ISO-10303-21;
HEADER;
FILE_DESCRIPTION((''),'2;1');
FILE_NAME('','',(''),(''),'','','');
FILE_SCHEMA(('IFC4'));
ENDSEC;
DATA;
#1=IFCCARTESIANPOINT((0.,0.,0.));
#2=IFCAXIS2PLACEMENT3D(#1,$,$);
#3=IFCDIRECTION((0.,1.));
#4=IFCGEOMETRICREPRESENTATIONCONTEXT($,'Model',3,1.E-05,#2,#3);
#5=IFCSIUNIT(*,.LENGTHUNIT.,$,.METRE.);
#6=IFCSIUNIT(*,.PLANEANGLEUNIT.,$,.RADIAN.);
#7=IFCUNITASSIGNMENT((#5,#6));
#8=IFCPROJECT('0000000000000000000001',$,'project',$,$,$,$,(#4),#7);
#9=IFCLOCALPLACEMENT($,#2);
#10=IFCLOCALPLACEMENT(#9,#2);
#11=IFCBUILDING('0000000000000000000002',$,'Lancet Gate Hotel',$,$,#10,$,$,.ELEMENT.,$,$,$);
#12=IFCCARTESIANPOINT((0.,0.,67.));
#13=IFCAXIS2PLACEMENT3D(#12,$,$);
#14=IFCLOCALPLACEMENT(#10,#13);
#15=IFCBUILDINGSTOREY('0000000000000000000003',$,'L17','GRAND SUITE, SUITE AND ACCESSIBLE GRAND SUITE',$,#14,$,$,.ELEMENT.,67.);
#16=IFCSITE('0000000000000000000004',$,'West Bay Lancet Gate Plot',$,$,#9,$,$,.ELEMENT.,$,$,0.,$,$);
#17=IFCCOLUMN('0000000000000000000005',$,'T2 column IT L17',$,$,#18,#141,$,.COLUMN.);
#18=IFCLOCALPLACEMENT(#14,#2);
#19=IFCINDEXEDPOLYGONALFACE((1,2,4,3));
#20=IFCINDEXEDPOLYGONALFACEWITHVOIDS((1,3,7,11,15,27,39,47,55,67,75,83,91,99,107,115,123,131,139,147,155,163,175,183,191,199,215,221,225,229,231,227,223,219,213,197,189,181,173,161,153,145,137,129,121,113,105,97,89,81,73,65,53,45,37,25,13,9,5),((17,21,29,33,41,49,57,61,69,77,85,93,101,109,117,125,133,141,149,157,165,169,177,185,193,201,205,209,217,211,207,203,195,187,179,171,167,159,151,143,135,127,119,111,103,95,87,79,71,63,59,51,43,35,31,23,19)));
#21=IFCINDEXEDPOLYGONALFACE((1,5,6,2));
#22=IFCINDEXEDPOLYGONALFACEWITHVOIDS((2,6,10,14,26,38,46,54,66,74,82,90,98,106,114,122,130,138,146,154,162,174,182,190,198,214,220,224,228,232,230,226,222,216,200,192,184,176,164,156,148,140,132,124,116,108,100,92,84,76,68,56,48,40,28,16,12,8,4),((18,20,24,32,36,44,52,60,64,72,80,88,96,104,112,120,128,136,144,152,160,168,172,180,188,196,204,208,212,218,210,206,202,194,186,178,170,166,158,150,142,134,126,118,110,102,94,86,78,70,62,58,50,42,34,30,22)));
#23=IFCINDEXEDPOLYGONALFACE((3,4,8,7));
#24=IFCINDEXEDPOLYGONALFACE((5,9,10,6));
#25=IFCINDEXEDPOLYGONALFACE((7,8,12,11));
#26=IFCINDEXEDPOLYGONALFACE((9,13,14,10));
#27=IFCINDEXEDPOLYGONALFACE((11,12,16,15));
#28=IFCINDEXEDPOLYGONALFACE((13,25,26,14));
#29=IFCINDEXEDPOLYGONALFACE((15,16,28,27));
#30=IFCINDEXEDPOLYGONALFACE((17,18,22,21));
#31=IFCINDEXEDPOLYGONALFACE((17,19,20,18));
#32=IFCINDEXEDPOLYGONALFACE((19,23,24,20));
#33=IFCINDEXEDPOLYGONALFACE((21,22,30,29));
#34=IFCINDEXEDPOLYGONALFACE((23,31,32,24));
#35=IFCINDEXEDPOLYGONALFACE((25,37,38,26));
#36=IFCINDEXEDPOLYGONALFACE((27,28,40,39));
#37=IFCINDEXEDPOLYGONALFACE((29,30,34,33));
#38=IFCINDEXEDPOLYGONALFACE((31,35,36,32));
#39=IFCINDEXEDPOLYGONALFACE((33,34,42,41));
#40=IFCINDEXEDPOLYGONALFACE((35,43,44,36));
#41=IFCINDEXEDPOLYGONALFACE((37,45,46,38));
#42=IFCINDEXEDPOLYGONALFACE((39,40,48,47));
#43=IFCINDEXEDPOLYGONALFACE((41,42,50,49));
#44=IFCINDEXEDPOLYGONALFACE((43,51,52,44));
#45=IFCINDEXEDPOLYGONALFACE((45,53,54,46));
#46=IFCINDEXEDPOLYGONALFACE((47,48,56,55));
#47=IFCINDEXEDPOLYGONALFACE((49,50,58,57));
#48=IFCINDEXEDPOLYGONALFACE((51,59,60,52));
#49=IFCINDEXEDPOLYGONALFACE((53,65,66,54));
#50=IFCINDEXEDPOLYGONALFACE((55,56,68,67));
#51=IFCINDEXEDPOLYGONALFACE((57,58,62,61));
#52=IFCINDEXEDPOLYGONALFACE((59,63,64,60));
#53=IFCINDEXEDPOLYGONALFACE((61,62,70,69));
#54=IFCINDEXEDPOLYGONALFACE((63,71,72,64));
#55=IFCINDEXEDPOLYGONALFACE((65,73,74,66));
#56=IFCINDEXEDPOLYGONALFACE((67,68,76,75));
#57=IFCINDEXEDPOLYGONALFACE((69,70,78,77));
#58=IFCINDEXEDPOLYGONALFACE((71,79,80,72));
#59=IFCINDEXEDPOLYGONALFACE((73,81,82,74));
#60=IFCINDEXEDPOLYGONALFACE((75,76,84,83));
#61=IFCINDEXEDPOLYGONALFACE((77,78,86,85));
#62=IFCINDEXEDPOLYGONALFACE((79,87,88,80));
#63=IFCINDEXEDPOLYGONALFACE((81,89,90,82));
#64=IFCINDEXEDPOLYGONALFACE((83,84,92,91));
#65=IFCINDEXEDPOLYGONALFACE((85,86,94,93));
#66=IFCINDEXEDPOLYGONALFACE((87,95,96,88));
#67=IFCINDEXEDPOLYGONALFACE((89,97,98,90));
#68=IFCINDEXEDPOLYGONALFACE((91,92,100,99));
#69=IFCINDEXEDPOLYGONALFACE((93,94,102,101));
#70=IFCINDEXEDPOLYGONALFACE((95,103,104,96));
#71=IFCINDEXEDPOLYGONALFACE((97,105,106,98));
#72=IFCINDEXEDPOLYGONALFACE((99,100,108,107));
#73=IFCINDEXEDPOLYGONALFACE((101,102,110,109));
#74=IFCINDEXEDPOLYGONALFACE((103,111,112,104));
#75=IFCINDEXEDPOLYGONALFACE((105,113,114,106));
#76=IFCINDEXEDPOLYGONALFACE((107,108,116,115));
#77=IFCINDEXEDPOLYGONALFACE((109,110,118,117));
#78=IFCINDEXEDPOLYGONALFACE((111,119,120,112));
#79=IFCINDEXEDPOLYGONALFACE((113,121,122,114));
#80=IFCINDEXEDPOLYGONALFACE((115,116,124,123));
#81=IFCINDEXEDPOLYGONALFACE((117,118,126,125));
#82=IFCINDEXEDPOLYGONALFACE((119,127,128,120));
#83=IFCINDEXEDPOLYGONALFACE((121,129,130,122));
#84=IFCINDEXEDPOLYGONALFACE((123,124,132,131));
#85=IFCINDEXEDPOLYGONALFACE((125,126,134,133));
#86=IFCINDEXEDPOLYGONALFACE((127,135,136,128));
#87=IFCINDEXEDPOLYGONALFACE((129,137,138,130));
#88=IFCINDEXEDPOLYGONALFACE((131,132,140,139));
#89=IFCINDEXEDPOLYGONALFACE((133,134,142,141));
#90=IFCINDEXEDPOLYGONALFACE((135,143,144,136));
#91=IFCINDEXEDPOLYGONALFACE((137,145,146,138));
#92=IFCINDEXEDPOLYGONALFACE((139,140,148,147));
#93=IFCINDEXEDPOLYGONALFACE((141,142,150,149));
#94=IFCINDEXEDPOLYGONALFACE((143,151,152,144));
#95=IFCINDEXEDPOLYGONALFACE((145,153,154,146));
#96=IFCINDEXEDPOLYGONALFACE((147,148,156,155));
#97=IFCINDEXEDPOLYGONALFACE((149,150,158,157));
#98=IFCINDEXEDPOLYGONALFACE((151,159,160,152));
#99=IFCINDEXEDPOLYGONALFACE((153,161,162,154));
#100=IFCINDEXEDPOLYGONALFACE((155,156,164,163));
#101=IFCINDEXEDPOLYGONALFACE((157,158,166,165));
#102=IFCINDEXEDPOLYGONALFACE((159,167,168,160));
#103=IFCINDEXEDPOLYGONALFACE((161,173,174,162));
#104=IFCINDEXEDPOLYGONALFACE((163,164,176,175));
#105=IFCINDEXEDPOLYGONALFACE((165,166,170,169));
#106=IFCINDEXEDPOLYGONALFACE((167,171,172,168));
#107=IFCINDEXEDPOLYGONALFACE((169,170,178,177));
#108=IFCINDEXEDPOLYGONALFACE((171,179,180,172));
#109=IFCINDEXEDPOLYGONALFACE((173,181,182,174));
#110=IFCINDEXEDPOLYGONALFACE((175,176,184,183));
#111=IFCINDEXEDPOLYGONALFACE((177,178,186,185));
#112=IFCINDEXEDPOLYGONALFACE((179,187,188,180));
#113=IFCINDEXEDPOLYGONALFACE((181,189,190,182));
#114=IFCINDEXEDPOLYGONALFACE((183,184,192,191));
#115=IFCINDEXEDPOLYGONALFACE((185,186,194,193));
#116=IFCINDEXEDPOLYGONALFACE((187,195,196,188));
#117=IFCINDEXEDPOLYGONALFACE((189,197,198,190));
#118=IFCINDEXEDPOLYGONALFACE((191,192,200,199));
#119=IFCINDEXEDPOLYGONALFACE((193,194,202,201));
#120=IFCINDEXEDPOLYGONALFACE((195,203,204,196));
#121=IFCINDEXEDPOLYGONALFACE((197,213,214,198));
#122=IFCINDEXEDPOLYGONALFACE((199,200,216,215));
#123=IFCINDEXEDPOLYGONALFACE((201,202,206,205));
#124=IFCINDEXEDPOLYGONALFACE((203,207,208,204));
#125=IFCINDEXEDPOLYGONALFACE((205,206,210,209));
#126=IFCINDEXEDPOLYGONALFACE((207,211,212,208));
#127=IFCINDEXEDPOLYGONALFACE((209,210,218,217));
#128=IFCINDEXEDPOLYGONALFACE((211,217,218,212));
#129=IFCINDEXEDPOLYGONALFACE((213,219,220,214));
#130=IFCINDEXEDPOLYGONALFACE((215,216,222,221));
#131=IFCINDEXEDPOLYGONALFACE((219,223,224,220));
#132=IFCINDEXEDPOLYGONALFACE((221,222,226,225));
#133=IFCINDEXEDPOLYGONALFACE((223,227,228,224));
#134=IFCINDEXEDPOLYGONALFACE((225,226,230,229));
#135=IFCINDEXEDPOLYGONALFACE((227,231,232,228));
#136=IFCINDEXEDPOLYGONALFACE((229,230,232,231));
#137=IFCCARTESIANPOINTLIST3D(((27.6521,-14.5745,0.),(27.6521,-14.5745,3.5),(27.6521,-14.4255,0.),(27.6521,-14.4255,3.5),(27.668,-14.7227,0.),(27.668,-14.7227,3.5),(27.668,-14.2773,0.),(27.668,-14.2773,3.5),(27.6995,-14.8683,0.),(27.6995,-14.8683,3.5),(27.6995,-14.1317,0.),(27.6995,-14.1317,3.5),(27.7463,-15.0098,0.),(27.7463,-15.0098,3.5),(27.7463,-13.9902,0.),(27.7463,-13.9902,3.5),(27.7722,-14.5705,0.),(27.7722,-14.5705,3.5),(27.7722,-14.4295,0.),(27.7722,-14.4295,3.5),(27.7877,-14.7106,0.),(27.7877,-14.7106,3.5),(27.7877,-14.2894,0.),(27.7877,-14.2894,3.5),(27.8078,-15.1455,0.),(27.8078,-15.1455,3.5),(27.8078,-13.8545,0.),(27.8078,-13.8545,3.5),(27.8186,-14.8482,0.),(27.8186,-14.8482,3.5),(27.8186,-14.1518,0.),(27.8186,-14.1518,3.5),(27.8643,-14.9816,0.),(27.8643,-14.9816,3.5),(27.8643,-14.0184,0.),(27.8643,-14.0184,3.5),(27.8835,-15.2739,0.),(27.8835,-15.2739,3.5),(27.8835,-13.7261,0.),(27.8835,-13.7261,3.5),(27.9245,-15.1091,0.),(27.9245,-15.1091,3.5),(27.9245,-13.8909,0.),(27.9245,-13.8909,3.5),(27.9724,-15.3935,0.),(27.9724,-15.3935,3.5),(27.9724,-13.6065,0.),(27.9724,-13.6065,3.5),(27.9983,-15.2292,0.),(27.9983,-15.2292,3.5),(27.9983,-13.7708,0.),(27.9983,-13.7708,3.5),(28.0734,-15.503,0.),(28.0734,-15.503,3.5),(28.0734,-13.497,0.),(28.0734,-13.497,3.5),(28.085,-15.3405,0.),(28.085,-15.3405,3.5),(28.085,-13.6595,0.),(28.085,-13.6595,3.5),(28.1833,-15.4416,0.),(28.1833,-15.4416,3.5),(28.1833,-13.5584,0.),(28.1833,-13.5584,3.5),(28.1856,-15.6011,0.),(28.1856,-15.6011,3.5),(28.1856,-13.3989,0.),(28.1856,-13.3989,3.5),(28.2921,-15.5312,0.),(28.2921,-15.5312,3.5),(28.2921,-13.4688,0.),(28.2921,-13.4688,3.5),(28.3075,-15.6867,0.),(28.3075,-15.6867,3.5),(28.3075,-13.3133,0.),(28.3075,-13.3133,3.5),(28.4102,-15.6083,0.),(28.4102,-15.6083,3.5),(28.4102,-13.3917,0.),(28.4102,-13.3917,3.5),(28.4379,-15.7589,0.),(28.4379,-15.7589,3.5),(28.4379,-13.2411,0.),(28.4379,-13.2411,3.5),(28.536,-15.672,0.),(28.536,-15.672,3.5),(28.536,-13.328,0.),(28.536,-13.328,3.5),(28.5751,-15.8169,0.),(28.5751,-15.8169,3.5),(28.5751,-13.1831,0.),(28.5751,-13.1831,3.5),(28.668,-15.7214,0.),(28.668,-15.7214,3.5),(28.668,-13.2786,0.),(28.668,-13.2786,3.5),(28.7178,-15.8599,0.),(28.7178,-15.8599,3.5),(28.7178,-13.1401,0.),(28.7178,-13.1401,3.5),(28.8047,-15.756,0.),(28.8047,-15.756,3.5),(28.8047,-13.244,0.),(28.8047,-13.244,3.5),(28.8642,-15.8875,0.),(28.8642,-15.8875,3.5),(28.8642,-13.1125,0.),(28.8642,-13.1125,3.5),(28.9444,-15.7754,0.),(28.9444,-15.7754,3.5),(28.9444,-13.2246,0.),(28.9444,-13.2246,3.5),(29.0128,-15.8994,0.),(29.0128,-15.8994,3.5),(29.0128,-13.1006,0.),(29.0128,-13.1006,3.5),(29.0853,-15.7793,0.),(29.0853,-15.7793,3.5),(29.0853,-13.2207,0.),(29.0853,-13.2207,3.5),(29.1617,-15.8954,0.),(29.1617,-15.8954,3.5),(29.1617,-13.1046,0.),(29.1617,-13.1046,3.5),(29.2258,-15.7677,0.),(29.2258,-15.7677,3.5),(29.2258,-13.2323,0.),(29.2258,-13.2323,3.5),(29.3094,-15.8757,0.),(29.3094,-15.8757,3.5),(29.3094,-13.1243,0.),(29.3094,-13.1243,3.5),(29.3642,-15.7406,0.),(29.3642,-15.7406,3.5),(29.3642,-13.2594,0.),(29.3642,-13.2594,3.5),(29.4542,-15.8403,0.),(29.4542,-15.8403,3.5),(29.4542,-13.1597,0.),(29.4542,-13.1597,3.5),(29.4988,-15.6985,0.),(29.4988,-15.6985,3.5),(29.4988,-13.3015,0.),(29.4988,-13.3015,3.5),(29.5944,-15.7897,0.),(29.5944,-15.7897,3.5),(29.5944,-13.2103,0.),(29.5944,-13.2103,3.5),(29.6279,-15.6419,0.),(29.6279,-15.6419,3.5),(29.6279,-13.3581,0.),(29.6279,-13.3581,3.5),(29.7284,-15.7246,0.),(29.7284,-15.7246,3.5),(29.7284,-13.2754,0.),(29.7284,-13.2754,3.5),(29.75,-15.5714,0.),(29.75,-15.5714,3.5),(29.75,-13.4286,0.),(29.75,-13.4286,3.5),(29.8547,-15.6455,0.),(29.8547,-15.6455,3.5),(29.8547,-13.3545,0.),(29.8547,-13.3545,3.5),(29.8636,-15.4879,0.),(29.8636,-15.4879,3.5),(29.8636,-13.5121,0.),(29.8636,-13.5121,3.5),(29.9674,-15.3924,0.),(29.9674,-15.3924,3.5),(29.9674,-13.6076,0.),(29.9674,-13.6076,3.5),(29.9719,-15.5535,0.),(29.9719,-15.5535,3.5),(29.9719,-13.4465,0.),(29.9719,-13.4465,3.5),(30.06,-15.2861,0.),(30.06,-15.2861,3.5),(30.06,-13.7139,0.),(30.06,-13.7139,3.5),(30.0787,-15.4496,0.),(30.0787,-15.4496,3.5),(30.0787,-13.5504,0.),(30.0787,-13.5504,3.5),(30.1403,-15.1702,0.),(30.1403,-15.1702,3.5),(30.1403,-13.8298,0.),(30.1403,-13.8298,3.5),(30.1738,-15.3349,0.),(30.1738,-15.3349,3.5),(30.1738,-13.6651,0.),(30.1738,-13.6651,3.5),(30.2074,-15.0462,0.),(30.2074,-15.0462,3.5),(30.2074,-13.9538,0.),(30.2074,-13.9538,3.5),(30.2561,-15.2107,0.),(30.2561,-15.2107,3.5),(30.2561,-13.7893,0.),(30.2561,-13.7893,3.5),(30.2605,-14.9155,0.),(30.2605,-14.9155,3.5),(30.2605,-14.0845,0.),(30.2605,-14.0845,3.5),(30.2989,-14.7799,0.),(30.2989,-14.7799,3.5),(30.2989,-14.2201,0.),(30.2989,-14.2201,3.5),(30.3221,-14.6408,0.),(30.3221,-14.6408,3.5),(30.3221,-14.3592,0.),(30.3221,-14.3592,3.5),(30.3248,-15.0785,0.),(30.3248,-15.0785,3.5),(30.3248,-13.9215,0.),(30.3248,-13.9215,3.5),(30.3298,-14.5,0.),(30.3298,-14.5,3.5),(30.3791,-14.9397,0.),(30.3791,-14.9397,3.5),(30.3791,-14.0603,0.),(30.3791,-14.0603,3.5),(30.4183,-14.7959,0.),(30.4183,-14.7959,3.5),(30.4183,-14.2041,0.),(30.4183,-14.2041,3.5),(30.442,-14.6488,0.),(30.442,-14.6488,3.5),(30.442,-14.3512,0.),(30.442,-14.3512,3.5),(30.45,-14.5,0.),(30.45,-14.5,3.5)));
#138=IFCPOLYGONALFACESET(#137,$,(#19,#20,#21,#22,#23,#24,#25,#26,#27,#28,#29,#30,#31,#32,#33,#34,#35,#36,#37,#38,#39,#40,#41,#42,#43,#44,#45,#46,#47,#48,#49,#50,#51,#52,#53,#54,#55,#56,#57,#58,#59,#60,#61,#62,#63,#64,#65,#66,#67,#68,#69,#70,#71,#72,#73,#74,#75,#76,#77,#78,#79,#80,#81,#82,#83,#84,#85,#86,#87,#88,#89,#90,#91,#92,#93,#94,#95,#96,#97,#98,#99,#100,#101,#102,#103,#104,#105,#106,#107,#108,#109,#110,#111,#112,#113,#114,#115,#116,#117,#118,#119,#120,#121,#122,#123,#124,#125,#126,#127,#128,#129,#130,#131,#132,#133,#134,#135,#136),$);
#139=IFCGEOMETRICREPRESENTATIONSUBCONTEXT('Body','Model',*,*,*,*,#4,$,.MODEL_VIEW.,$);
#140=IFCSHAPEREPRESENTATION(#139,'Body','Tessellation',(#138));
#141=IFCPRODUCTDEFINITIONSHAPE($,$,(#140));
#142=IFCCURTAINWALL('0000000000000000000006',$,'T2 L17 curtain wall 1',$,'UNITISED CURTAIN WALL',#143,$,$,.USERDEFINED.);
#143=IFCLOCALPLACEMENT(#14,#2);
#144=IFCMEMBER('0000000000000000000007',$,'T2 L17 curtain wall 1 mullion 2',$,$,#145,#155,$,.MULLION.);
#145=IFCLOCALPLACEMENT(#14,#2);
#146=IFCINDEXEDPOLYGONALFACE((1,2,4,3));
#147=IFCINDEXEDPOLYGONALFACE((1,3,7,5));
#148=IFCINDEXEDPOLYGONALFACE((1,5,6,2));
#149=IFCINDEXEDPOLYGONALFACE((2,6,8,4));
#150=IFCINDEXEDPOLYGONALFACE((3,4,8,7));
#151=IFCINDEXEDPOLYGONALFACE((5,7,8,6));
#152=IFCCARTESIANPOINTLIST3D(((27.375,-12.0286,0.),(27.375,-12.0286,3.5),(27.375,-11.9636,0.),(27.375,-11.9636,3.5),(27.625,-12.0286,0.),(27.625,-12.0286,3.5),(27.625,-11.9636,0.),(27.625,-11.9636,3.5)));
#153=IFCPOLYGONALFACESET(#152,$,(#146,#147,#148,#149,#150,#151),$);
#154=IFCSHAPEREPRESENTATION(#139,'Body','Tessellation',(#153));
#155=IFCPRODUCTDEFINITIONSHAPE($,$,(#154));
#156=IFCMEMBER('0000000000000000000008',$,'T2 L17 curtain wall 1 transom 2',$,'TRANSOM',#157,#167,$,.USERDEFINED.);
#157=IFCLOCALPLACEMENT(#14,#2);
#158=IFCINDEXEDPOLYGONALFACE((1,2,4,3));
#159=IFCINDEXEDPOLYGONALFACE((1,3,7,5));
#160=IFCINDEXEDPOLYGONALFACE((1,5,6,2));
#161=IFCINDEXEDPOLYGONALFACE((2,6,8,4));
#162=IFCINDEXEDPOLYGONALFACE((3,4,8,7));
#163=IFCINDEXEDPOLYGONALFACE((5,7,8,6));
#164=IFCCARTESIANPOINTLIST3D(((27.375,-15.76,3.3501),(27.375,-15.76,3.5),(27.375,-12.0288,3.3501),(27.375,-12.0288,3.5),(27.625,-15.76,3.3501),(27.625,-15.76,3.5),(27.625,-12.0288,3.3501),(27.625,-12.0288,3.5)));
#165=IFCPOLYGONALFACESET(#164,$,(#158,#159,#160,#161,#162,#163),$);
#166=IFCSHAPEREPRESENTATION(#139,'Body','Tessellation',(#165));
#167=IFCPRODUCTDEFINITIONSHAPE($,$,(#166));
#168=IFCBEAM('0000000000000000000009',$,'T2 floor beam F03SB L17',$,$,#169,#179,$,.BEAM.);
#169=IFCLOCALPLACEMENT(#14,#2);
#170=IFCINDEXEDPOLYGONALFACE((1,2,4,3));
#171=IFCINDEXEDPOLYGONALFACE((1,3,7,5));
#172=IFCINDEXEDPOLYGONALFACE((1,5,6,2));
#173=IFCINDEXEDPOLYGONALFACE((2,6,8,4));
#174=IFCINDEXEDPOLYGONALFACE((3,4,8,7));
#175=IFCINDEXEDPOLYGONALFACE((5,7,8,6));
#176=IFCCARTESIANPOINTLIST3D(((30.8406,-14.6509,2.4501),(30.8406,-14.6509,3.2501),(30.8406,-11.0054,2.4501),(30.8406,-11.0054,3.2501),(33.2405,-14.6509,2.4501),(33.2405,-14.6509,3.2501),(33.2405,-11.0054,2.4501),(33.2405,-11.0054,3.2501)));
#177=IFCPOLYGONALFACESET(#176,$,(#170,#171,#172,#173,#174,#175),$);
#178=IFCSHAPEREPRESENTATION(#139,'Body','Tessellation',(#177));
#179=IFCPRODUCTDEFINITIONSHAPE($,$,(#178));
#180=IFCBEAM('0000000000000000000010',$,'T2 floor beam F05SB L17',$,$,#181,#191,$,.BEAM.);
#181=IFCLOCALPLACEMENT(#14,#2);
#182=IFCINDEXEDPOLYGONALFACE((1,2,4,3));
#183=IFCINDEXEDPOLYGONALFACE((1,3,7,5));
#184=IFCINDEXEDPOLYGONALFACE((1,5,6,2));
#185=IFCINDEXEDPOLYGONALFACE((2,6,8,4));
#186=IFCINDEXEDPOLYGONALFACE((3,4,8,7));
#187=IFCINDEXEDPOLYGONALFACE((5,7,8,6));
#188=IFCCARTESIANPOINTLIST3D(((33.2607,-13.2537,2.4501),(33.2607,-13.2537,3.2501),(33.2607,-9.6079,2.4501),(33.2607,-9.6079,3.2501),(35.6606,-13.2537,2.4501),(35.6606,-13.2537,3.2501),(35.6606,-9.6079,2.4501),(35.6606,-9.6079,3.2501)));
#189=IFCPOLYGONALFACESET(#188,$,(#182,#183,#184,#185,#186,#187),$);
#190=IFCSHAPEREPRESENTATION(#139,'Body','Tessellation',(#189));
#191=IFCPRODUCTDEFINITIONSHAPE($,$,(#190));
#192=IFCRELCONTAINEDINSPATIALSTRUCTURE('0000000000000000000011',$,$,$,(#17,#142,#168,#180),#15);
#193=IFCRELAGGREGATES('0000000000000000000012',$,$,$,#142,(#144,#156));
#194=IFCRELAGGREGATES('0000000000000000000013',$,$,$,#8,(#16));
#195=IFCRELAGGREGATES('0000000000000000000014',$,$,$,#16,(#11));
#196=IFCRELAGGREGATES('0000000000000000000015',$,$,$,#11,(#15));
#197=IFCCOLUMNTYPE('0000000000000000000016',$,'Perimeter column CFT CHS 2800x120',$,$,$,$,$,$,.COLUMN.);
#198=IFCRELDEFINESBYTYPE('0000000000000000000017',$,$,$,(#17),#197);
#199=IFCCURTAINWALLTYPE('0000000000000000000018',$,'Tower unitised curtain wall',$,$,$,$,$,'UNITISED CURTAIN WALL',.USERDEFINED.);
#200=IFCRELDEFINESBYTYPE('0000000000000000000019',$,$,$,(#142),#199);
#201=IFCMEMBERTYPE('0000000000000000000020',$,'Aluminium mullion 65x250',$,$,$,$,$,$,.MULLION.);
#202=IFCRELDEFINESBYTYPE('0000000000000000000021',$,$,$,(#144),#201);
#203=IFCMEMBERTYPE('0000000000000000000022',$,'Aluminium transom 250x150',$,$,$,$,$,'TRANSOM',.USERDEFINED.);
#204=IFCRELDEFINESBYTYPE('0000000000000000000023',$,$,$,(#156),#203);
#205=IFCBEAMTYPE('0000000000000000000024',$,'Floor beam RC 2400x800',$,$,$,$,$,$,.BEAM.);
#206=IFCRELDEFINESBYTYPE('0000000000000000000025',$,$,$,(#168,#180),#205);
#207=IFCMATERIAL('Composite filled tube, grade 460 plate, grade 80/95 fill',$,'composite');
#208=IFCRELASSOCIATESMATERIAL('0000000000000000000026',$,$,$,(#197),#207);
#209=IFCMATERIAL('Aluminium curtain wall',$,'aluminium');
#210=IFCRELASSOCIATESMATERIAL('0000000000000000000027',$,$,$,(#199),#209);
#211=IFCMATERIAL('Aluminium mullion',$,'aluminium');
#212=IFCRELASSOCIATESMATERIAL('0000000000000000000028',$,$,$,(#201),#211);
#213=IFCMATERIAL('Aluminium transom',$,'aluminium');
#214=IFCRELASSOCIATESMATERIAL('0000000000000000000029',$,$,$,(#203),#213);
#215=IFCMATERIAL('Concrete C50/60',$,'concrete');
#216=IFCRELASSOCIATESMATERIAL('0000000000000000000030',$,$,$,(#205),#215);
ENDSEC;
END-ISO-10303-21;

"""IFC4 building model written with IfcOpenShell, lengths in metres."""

from ifc_helpers import new_model, si_unit, direction, frame, origin, origin_2d, place, context, subcontext, project, spatial, rectangle, hollow_circle, extrude, material, material_profile, profile_set, type_object, element, aggregate, save


model = new_model("IFC4")

# Units and contexts
model_context = context("Model", 3, precision=1e-05, world=origin(), true_north=direction((0.0, 1.0)))
body_context = subcontext(model_context, "Body", "Model", "MODEL_VIEW")
ifc_project = project(units=[si_unit("LENGTHUNIT", "METRE"), si_unit("PLANEANGLEUNIT", "RADIAN")], contexts=[model_context])

# Site, building, storey
site_placement = place(None, origin())
site = spatial("IfcSite", under=ifc_project, at=site_placement, Name="West Bay Lancet Gate Plot", CompositionType="ELEMENT", RefElevation=0.0)
building_placement = place(site_placement, origin())
building = spatial("IfcBuilding", under=site, at=building_placement, Name="Lancet Gate Hotel", CompositionType="ELEMENT")
storey_placement = place(building_placement, frame((0.0, 0.0, 67.0)))
storey = spatial("IfcBuildingStorey", under=building, at=storey_placement, Name="L17", Description="GRAND SUITE, SUITE AND ACCESSIBLE GRAND SUITE", CompositionType="ELEMENT", Elevation=67.0)

# Column
ifc_material_1 = material(Name="Composite filled tube, grade 460 plate, grade 80/95 fill", Category="composite")
ifc_material_profile_1 = material_profile(ifc_material_1, hollow_circle(Radius=1.3999, WallThickness=0.1201, at=origin_2d()), Name="CHS 2800x120")
ifc_profile_set_1 = profile_set([ifc_material_profile_1], Name="Composite filled tube, grade 460 plate, grade 80/95 fill")
column_type = type_object("IfcColumnType", Name="Perimeter column CFT CHS 2800x120", PredefinedType="COLUMN", material=ifc_profile_set_1)
for number, where, z_axis, x_axis, name in (
    (1, (29.05, -14.5, 0.0), (0.0, 0.0, 1.0), (1.0, 0.0, 0.0), "T2 column IT L17"),
):
    element("IfcColumn", number, at=place(storey_placement, frame(where, z_axis=z_axis, x_axis=x_axis)), inside=storey, type_object=column_type, Name=name, PredefinedType="COLUMN", context=body_context, shape_type="SweptSolid", body=[
        extrude(hollow_circle(Radius=1.3999, WallThickness=0.1201, at=origin_2d()), origin(), (0.0, 0.0, 1.0), 3.5),
    ])

# Curtain wall, members
ifc_material_2 = material(Name="Aluminium curtain wall", Category="aluminium")
curtain_wall_type = type_object("IfcCurtainWallType", Name="Tower unitised curtain wall", ElementType="UNITISED CURTAIN WALL", PredefinedType="USERDEFINED", material=ifc_material_2)
curtain_wall_placement = place(storey_placement, origin())
curtain_wall = element("IfcCurtainWall", 2, at=curtain_wall_placement, inside=storey, type_object=curtain_wall_type, Name="T2 L17 curtain wall 1", ObjectType="UNITISED CURTAIN WALL", PredefinedType="USERDEFINED")
ifc_material_3 = material(Name="Aluminium mullion", Category="aluminium")
ifc_material_profile_2 = material_profile(ifc_material_3, rectangle(XDim=0.0649, YDim=0.25, at=origin_2d()), Name="MULLION 65x250")
ifc_profile_set_2 = profile_set([ifc_material_profile_2], Name="Aluminium mullion")
member_type_1 = type_object("IfcMemberType", Name="Aluminium mullion 65x250", PredefinedType="MULLION", material=ifc_profile_set_2)
member_1_placement = place(storey_placement, frame((27.5, -11.9961, 0.0), z_axis=(0.0, 0.0, 1.0), x_axis=(0.0, -1.0, 0.0)))
member_1 = element("IfcMember", 3, at=member_1_placement, type_object=member_type_1, Name="T2 L17 curtain wall 1 mullion 2", PredefinedType="MULLION", context=body_context, shape_type="SweptSolid", body=[
    extrude(rectangle(XDim=0.0649, YDim=0.25, at=origin_2d()), origin(), (0.0, 0.0, 1.0), 3.5),
])
ifc_material_4 = material(Name="Aluminium transom", Category="aluminium")
ifc_material_profile_3 = material_profile(ifc_material_4, rectangle(XDim=0.25, YDim=0.1499, at=origin_2d()), Name="TRANSOM 250x150")
ifc_profile_set_3 = profile_set([ifc_material_profile_3], Name="Aluminium transom")
member_type_2 = type_object("IfcMemberType", Name="Aluminium transom 250x150", ElementType="TRANSOM", PredefinedType="USERDEFINED", material=ifc_profile_set_3)
member_2_placement = place(storey_placement, frame((27.5, -12.0288, 3.425), z_axis=(0.0, -1.0, 0.0), x_axis=(1.0, 0.0, 0.0)))
member_2 = element("IfcMember", 4, at=member_2_placement, type_object=member_type_2, Name="T2 L17 curtain wall 1 transom 2", ObjectType="TRANSOM", PredefinedType="USERDEFINED", context=body_context, shape_type="SweptSolid", body=[
    extrude(rectangle(XDim=0.25, YDim=0.1499, at=origin_2d()), origin(), (0.0, 0.0, 1.0), 3.7312),
])

# Beams
ifc_material_5 = material(Name="Concrete C50/60", Category="concrete")
ifc_material_profile_4 = material_profile(ifc_material_5, rectangle(XDim=2.3999, YDim=0.8, at=origin_2d()), Name="RC 2400x800")
ifc_profile_set_4 = profile_set([ifc_material_profile_4], Name="Concrete C50/60")
beam_type_1 = type_object("IfcBeamType", Name="Floor beam RC 2400x800", PredefinedType="BEAM", material=ifc_profile_set_4)
beam_1_placement = place(storey_placement, frame((32.0405, -14.6509, 2.8501), z_axis=(0.0, 1.0, 0.0), x_axis=(-1.0, 0.0, 0.0)))
element("IfcBeam", 5, at=beam_1_placement, inside=storey, type_object=beam_type_1, Name="T2 floor beam F03SB L17", PredefinedType="BEAM", context=body_context, shape_type="SweptSolid", body=[
    extrude(rectangle(XDim=2.3999, YDim=0.8, at=origin_2d()), origin(), (0.0, 0.0, 1.0), 3.6455),
])
for number, where, z_axis, x_axis, name in (
    (6, (34.4607, -13.2537, 2.8501), (0.0, 1.0, 0.0), (-1.0, 0.0, 0.0), "T2 floor beam F05SB L17"),
):
    element("IfcBeam", number, at=place(storey_placement, frame(where, z_axis=z_axis, x_axis=x_axis)), inside=storey, type_object=beam_type_1, Name=name, PredefinedType="BEAM", context=body_context, shape_type="SweptSolid", body=[
        extrude(rectangle(XDim=2.3999, YDim=0.8, at=origin_2d()), origin(), (0.0, 0.0, 1.0), 3.6458),
    ])

aggregate(curtain_wall, [member_1, member_2])

save(model, "model.ifc")
